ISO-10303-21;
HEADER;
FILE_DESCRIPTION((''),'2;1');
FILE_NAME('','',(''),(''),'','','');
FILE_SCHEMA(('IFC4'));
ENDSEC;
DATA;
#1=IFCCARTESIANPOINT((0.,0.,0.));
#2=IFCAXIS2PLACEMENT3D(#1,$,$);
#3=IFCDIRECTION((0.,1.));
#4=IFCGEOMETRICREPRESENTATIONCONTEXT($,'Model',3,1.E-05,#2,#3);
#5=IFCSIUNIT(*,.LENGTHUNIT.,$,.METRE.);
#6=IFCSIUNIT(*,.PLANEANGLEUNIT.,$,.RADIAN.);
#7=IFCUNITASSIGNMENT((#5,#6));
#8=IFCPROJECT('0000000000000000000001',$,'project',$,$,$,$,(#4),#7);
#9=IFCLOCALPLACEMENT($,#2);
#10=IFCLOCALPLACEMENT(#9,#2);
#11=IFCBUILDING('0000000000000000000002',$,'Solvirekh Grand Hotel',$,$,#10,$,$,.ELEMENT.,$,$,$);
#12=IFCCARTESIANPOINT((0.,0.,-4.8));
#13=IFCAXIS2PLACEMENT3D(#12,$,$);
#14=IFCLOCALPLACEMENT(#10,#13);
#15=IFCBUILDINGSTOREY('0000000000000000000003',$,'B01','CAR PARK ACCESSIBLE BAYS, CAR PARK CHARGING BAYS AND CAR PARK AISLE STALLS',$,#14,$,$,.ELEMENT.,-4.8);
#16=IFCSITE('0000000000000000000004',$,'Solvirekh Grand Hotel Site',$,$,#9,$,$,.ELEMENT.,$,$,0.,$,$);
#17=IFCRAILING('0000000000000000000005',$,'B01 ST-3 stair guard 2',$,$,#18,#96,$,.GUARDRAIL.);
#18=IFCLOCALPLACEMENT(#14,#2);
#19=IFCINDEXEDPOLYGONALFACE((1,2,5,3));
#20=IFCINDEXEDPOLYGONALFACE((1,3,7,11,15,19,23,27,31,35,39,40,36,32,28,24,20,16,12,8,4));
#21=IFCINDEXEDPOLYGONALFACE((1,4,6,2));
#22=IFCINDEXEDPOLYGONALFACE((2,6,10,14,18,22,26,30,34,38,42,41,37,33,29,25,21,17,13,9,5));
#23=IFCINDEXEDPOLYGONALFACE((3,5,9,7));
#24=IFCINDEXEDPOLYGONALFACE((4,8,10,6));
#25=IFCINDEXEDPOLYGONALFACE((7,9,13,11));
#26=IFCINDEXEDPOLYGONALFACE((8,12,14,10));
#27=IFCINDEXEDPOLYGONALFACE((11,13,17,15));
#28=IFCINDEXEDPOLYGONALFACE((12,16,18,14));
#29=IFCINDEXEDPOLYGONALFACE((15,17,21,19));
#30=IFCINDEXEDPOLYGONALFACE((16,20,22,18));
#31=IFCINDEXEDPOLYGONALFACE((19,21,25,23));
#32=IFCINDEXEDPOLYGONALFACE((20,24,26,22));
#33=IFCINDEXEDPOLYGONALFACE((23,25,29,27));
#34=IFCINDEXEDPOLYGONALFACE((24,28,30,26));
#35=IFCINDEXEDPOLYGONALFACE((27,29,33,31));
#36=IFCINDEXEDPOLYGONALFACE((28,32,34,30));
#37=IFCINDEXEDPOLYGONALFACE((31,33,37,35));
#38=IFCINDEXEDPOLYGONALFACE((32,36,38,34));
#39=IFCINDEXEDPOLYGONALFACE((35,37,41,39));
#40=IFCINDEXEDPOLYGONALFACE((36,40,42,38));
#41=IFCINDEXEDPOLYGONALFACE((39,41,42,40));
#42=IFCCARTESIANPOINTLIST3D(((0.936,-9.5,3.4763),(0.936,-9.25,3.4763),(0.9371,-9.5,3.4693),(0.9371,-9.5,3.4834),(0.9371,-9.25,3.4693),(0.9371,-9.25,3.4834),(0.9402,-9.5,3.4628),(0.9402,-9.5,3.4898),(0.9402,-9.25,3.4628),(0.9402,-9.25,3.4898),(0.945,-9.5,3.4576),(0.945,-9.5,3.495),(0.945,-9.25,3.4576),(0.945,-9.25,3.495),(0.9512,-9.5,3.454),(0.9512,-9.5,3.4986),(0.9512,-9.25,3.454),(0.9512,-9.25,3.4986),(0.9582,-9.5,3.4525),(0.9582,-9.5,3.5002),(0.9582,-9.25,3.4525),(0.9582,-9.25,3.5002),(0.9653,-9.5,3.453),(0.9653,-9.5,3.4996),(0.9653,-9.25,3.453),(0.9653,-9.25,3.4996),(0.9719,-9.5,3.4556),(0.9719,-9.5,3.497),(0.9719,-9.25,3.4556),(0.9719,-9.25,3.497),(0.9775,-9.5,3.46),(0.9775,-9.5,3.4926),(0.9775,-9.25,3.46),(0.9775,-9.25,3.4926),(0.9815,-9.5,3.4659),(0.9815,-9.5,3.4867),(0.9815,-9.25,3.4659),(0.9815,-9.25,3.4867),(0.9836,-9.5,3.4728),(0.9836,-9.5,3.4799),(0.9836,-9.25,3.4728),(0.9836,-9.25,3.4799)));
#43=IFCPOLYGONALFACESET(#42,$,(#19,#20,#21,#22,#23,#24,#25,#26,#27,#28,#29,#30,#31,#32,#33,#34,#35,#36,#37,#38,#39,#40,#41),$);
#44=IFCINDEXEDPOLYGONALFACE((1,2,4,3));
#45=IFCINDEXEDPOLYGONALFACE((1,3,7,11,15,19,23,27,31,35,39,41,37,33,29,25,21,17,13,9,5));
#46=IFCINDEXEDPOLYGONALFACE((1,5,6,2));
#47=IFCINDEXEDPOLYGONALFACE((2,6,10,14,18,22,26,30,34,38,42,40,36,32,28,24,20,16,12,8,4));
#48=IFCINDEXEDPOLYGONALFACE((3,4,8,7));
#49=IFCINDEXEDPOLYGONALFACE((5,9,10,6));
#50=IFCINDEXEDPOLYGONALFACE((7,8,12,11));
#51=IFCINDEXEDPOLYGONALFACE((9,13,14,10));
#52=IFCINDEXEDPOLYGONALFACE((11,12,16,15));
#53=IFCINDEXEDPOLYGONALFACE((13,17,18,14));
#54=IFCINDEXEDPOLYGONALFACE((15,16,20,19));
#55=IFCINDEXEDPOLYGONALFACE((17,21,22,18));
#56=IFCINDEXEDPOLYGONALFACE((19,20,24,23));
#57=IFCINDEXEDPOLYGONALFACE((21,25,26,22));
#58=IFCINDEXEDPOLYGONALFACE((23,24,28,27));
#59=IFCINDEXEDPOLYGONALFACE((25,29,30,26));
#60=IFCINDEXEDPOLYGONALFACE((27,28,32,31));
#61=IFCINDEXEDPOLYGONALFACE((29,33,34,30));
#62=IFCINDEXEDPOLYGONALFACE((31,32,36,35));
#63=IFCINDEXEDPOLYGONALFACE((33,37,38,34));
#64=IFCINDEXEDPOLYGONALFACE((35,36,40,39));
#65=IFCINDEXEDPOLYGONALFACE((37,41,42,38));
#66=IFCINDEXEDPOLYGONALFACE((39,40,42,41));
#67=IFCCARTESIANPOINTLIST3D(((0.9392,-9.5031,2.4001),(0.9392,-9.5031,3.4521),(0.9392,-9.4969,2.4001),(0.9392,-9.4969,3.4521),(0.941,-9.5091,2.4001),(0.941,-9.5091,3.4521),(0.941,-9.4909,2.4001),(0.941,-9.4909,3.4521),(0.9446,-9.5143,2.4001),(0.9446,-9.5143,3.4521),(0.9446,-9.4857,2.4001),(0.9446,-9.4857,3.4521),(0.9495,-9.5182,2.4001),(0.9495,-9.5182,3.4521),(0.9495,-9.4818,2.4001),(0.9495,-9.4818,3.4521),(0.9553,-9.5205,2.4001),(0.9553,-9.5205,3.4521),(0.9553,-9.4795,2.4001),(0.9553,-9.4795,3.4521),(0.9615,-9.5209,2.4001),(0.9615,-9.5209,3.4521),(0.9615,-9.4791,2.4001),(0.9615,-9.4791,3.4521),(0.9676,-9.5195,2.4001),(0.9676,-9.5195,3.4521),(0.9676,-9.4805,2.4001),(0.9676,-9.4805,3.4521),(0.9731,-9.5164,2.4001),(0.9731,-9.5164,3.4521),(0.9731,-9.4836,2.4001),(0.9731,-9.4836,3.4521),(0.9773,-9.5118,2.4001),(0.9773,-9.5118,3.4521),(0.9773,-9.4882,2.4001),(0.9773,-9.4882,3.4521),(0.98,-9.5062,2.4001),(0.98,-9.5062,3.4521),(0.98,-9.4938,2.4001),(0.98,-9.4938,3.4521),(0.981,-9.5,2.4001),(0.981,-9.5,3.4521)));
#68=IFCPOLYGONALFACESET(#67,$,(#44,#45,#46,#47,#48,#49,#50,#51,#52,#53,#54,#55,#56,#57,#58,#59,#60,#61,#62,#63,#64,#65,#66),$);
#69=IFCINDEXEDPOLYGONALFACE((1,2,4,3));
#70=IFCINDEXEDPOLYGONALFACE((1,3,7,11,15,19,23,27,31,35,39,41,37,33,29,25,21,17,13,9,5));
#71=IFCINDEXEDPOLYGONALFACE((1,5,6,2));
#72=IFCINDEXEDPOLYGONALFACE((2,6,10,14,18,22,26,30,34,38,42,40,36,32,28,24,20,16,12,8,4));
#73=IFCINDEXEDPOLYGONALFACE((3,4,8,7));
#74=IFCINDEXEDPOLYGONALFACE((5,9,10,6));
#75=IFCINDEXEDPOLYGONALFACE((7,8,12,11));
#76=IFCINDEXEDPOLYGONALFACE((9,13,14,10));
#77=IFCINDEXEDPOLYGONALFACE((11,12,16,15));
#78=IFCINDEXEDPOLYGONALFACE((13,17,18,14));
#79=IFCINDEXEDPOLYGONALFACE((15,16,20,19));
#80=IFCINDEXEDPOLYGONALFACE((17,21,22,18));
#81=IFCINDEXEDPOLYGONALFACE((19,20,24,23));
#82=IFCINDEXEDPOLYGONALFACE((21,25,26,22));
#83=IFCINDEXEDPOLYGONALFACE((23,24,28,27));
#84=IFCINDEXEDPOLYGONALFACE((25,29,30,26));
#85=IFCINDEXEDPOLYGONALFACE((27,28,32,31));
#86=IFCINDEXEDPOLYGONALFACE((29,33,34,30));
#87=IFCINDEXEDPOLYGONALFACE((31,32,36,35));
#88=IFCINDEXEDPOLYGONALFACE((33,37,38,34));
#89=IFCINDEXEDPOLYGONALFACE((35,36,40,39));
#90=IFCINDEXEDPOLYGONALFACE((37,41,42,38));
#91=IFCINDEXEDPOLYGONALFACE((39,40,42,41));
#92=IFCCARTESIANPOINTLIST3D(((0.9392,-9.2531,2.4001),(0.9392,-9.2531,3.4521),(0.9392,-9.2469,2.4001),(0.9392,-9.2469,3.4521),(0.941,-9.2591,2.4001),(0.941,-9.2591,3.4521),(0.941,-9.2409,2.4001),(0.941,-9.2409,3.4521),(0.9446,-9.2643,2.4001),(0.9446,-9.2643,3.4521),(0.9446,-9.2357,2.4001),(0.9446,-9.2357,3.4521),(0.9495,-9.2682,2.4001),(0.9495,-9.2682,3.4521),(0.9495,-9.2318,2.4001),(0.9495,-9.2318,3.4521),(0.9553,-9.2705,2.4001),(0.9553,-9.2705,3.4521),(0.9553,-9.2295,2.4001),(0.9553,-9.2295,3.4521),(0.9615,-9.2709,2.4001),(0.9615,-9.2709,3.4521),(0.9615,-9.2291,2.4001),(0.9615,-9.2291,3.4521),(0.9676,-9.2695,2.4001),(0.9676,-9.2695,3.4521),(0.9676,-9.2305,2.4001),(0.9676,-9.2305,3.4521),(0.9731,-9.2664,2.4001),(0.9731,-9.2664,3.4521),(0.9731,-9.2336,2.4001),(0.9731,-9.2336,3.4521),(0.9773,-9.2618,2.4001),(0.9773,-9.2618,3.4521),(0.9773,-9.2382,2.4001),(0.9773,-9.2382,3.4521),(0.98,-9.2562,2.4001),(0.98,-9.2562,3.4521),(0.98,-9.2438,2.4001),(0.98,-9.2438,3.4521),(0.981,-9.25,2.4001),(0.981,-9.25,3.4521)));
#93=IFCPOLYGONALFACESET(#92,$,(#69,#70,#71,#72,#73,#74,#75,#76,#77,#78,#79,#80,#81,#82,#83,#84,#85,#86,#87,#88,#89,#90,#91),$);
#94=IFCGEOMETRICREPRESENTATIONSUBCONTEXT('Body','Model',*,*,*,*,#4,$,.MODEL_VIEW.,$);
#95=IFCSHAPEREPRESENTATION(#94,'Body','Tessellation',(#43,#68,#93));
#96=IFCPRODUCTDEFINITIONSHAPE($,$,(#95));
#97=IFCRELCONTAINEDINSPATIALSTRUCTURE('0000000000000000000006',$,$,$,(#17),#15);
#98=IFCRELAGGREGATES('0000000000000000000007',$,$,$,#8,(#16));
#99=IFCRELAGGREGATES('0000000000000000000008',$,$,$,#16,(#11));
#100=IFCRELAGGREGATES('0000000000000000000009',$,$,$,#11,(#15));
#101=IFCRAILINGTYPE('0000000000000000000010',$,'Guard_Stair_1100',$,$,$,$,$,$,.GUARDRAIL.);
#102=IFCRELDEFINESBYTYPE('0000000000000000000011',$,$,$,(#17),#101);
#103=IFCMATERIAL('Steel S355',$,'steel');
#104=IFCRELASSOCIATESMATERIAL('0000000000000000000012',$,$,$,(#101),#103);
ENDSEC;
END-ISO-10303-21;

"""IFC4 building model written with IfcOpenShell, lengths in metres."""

from ifc_helpers import new_model, si_unit, direction, frame, origin, origin_2d, place, context, subcontext, project, spatial, circle, extrude, material, type_object, element, save


model = new_model("IFC4")

# Units and contexts
model_context = context("Model", 3, precision=1e-05, world=origin(), true_north=direction((0.0, 1.0)))
body_context = subcontext(model_context, "Body", "Model", "MODEL_VIEW")
ifc_project = project(units=[si_unit("LENGTHUNIT", "METRE"), si_unit("PLANEANGLEUNIT", "RADIAN")], contexts=[model_context])

# Site, building, storey
site_placement = place(None, origin())
site = spatial("IfcSite", under=ifc_project, at=site_placement, Name="Solvirekh Grand Hotel Site", CompositionType="ELEMENT", RefElevation=0.0)
building_placement = place(site_placement, origin())
building = spatial("IfcBuilding", under=site, at=building_placement, Name="Solvirekh Grand Hotel", CompositionType="ELEMENT")
storey_placement = place(building_placement, frame((0.0, 0.0, -4.8)))
storey = spatial("IfcBuildingStorey", under=building, at=storey_placement, Name="B01", Description="CAR PARK ACCESSIBLE BAYS, CAR PARK CHARGING BAYS AND CAR PARK AISLE STALLS", CompositionType="ELEMENT", Elevation=-4.8)

# Shared definitions
ifc_material_1 = material(Name="Steel S355", Category="steel")

# Railing
railing_type_1 = type_object("IfcRailingType", Name="Guard_Stair_1100", PredefinedType="GUARDRAIL", material=ifc_material_1)
railing_1_placement = place(storey_placement, frame((0.96, -9.5, 2.4001)))
element("IfcRailing", 1, at=railing_1_placement, inside=storey, type_object=railing_type_1, Name="B01 ST-3 stair guard 2", PredefinedType="GUARDRAIL", context=body_context, shape_type="SweptSolid", body=[
    extrude(circle(Radius=0.0239, at=origin_2d()), frame((0.0, 0.0, 1.0762), z_axis=(0.0, 1.0, 0.0), x_axis=(-1.0, 0.0, 0.0)), (0.0, 0.0, 1.0), 0.25),
    extrude(circle(Radius=0.021, at=origin_2d()), origin(), (0.0, 0.0, 1.0), 1.052),
    extrude(circle(Radius=0.021, at=origin_2d()), frame((0.0, 0.25, 0.0)), (0.0, 0.0, 1.0), 1.052),
])

save(model, "model.ifc")
